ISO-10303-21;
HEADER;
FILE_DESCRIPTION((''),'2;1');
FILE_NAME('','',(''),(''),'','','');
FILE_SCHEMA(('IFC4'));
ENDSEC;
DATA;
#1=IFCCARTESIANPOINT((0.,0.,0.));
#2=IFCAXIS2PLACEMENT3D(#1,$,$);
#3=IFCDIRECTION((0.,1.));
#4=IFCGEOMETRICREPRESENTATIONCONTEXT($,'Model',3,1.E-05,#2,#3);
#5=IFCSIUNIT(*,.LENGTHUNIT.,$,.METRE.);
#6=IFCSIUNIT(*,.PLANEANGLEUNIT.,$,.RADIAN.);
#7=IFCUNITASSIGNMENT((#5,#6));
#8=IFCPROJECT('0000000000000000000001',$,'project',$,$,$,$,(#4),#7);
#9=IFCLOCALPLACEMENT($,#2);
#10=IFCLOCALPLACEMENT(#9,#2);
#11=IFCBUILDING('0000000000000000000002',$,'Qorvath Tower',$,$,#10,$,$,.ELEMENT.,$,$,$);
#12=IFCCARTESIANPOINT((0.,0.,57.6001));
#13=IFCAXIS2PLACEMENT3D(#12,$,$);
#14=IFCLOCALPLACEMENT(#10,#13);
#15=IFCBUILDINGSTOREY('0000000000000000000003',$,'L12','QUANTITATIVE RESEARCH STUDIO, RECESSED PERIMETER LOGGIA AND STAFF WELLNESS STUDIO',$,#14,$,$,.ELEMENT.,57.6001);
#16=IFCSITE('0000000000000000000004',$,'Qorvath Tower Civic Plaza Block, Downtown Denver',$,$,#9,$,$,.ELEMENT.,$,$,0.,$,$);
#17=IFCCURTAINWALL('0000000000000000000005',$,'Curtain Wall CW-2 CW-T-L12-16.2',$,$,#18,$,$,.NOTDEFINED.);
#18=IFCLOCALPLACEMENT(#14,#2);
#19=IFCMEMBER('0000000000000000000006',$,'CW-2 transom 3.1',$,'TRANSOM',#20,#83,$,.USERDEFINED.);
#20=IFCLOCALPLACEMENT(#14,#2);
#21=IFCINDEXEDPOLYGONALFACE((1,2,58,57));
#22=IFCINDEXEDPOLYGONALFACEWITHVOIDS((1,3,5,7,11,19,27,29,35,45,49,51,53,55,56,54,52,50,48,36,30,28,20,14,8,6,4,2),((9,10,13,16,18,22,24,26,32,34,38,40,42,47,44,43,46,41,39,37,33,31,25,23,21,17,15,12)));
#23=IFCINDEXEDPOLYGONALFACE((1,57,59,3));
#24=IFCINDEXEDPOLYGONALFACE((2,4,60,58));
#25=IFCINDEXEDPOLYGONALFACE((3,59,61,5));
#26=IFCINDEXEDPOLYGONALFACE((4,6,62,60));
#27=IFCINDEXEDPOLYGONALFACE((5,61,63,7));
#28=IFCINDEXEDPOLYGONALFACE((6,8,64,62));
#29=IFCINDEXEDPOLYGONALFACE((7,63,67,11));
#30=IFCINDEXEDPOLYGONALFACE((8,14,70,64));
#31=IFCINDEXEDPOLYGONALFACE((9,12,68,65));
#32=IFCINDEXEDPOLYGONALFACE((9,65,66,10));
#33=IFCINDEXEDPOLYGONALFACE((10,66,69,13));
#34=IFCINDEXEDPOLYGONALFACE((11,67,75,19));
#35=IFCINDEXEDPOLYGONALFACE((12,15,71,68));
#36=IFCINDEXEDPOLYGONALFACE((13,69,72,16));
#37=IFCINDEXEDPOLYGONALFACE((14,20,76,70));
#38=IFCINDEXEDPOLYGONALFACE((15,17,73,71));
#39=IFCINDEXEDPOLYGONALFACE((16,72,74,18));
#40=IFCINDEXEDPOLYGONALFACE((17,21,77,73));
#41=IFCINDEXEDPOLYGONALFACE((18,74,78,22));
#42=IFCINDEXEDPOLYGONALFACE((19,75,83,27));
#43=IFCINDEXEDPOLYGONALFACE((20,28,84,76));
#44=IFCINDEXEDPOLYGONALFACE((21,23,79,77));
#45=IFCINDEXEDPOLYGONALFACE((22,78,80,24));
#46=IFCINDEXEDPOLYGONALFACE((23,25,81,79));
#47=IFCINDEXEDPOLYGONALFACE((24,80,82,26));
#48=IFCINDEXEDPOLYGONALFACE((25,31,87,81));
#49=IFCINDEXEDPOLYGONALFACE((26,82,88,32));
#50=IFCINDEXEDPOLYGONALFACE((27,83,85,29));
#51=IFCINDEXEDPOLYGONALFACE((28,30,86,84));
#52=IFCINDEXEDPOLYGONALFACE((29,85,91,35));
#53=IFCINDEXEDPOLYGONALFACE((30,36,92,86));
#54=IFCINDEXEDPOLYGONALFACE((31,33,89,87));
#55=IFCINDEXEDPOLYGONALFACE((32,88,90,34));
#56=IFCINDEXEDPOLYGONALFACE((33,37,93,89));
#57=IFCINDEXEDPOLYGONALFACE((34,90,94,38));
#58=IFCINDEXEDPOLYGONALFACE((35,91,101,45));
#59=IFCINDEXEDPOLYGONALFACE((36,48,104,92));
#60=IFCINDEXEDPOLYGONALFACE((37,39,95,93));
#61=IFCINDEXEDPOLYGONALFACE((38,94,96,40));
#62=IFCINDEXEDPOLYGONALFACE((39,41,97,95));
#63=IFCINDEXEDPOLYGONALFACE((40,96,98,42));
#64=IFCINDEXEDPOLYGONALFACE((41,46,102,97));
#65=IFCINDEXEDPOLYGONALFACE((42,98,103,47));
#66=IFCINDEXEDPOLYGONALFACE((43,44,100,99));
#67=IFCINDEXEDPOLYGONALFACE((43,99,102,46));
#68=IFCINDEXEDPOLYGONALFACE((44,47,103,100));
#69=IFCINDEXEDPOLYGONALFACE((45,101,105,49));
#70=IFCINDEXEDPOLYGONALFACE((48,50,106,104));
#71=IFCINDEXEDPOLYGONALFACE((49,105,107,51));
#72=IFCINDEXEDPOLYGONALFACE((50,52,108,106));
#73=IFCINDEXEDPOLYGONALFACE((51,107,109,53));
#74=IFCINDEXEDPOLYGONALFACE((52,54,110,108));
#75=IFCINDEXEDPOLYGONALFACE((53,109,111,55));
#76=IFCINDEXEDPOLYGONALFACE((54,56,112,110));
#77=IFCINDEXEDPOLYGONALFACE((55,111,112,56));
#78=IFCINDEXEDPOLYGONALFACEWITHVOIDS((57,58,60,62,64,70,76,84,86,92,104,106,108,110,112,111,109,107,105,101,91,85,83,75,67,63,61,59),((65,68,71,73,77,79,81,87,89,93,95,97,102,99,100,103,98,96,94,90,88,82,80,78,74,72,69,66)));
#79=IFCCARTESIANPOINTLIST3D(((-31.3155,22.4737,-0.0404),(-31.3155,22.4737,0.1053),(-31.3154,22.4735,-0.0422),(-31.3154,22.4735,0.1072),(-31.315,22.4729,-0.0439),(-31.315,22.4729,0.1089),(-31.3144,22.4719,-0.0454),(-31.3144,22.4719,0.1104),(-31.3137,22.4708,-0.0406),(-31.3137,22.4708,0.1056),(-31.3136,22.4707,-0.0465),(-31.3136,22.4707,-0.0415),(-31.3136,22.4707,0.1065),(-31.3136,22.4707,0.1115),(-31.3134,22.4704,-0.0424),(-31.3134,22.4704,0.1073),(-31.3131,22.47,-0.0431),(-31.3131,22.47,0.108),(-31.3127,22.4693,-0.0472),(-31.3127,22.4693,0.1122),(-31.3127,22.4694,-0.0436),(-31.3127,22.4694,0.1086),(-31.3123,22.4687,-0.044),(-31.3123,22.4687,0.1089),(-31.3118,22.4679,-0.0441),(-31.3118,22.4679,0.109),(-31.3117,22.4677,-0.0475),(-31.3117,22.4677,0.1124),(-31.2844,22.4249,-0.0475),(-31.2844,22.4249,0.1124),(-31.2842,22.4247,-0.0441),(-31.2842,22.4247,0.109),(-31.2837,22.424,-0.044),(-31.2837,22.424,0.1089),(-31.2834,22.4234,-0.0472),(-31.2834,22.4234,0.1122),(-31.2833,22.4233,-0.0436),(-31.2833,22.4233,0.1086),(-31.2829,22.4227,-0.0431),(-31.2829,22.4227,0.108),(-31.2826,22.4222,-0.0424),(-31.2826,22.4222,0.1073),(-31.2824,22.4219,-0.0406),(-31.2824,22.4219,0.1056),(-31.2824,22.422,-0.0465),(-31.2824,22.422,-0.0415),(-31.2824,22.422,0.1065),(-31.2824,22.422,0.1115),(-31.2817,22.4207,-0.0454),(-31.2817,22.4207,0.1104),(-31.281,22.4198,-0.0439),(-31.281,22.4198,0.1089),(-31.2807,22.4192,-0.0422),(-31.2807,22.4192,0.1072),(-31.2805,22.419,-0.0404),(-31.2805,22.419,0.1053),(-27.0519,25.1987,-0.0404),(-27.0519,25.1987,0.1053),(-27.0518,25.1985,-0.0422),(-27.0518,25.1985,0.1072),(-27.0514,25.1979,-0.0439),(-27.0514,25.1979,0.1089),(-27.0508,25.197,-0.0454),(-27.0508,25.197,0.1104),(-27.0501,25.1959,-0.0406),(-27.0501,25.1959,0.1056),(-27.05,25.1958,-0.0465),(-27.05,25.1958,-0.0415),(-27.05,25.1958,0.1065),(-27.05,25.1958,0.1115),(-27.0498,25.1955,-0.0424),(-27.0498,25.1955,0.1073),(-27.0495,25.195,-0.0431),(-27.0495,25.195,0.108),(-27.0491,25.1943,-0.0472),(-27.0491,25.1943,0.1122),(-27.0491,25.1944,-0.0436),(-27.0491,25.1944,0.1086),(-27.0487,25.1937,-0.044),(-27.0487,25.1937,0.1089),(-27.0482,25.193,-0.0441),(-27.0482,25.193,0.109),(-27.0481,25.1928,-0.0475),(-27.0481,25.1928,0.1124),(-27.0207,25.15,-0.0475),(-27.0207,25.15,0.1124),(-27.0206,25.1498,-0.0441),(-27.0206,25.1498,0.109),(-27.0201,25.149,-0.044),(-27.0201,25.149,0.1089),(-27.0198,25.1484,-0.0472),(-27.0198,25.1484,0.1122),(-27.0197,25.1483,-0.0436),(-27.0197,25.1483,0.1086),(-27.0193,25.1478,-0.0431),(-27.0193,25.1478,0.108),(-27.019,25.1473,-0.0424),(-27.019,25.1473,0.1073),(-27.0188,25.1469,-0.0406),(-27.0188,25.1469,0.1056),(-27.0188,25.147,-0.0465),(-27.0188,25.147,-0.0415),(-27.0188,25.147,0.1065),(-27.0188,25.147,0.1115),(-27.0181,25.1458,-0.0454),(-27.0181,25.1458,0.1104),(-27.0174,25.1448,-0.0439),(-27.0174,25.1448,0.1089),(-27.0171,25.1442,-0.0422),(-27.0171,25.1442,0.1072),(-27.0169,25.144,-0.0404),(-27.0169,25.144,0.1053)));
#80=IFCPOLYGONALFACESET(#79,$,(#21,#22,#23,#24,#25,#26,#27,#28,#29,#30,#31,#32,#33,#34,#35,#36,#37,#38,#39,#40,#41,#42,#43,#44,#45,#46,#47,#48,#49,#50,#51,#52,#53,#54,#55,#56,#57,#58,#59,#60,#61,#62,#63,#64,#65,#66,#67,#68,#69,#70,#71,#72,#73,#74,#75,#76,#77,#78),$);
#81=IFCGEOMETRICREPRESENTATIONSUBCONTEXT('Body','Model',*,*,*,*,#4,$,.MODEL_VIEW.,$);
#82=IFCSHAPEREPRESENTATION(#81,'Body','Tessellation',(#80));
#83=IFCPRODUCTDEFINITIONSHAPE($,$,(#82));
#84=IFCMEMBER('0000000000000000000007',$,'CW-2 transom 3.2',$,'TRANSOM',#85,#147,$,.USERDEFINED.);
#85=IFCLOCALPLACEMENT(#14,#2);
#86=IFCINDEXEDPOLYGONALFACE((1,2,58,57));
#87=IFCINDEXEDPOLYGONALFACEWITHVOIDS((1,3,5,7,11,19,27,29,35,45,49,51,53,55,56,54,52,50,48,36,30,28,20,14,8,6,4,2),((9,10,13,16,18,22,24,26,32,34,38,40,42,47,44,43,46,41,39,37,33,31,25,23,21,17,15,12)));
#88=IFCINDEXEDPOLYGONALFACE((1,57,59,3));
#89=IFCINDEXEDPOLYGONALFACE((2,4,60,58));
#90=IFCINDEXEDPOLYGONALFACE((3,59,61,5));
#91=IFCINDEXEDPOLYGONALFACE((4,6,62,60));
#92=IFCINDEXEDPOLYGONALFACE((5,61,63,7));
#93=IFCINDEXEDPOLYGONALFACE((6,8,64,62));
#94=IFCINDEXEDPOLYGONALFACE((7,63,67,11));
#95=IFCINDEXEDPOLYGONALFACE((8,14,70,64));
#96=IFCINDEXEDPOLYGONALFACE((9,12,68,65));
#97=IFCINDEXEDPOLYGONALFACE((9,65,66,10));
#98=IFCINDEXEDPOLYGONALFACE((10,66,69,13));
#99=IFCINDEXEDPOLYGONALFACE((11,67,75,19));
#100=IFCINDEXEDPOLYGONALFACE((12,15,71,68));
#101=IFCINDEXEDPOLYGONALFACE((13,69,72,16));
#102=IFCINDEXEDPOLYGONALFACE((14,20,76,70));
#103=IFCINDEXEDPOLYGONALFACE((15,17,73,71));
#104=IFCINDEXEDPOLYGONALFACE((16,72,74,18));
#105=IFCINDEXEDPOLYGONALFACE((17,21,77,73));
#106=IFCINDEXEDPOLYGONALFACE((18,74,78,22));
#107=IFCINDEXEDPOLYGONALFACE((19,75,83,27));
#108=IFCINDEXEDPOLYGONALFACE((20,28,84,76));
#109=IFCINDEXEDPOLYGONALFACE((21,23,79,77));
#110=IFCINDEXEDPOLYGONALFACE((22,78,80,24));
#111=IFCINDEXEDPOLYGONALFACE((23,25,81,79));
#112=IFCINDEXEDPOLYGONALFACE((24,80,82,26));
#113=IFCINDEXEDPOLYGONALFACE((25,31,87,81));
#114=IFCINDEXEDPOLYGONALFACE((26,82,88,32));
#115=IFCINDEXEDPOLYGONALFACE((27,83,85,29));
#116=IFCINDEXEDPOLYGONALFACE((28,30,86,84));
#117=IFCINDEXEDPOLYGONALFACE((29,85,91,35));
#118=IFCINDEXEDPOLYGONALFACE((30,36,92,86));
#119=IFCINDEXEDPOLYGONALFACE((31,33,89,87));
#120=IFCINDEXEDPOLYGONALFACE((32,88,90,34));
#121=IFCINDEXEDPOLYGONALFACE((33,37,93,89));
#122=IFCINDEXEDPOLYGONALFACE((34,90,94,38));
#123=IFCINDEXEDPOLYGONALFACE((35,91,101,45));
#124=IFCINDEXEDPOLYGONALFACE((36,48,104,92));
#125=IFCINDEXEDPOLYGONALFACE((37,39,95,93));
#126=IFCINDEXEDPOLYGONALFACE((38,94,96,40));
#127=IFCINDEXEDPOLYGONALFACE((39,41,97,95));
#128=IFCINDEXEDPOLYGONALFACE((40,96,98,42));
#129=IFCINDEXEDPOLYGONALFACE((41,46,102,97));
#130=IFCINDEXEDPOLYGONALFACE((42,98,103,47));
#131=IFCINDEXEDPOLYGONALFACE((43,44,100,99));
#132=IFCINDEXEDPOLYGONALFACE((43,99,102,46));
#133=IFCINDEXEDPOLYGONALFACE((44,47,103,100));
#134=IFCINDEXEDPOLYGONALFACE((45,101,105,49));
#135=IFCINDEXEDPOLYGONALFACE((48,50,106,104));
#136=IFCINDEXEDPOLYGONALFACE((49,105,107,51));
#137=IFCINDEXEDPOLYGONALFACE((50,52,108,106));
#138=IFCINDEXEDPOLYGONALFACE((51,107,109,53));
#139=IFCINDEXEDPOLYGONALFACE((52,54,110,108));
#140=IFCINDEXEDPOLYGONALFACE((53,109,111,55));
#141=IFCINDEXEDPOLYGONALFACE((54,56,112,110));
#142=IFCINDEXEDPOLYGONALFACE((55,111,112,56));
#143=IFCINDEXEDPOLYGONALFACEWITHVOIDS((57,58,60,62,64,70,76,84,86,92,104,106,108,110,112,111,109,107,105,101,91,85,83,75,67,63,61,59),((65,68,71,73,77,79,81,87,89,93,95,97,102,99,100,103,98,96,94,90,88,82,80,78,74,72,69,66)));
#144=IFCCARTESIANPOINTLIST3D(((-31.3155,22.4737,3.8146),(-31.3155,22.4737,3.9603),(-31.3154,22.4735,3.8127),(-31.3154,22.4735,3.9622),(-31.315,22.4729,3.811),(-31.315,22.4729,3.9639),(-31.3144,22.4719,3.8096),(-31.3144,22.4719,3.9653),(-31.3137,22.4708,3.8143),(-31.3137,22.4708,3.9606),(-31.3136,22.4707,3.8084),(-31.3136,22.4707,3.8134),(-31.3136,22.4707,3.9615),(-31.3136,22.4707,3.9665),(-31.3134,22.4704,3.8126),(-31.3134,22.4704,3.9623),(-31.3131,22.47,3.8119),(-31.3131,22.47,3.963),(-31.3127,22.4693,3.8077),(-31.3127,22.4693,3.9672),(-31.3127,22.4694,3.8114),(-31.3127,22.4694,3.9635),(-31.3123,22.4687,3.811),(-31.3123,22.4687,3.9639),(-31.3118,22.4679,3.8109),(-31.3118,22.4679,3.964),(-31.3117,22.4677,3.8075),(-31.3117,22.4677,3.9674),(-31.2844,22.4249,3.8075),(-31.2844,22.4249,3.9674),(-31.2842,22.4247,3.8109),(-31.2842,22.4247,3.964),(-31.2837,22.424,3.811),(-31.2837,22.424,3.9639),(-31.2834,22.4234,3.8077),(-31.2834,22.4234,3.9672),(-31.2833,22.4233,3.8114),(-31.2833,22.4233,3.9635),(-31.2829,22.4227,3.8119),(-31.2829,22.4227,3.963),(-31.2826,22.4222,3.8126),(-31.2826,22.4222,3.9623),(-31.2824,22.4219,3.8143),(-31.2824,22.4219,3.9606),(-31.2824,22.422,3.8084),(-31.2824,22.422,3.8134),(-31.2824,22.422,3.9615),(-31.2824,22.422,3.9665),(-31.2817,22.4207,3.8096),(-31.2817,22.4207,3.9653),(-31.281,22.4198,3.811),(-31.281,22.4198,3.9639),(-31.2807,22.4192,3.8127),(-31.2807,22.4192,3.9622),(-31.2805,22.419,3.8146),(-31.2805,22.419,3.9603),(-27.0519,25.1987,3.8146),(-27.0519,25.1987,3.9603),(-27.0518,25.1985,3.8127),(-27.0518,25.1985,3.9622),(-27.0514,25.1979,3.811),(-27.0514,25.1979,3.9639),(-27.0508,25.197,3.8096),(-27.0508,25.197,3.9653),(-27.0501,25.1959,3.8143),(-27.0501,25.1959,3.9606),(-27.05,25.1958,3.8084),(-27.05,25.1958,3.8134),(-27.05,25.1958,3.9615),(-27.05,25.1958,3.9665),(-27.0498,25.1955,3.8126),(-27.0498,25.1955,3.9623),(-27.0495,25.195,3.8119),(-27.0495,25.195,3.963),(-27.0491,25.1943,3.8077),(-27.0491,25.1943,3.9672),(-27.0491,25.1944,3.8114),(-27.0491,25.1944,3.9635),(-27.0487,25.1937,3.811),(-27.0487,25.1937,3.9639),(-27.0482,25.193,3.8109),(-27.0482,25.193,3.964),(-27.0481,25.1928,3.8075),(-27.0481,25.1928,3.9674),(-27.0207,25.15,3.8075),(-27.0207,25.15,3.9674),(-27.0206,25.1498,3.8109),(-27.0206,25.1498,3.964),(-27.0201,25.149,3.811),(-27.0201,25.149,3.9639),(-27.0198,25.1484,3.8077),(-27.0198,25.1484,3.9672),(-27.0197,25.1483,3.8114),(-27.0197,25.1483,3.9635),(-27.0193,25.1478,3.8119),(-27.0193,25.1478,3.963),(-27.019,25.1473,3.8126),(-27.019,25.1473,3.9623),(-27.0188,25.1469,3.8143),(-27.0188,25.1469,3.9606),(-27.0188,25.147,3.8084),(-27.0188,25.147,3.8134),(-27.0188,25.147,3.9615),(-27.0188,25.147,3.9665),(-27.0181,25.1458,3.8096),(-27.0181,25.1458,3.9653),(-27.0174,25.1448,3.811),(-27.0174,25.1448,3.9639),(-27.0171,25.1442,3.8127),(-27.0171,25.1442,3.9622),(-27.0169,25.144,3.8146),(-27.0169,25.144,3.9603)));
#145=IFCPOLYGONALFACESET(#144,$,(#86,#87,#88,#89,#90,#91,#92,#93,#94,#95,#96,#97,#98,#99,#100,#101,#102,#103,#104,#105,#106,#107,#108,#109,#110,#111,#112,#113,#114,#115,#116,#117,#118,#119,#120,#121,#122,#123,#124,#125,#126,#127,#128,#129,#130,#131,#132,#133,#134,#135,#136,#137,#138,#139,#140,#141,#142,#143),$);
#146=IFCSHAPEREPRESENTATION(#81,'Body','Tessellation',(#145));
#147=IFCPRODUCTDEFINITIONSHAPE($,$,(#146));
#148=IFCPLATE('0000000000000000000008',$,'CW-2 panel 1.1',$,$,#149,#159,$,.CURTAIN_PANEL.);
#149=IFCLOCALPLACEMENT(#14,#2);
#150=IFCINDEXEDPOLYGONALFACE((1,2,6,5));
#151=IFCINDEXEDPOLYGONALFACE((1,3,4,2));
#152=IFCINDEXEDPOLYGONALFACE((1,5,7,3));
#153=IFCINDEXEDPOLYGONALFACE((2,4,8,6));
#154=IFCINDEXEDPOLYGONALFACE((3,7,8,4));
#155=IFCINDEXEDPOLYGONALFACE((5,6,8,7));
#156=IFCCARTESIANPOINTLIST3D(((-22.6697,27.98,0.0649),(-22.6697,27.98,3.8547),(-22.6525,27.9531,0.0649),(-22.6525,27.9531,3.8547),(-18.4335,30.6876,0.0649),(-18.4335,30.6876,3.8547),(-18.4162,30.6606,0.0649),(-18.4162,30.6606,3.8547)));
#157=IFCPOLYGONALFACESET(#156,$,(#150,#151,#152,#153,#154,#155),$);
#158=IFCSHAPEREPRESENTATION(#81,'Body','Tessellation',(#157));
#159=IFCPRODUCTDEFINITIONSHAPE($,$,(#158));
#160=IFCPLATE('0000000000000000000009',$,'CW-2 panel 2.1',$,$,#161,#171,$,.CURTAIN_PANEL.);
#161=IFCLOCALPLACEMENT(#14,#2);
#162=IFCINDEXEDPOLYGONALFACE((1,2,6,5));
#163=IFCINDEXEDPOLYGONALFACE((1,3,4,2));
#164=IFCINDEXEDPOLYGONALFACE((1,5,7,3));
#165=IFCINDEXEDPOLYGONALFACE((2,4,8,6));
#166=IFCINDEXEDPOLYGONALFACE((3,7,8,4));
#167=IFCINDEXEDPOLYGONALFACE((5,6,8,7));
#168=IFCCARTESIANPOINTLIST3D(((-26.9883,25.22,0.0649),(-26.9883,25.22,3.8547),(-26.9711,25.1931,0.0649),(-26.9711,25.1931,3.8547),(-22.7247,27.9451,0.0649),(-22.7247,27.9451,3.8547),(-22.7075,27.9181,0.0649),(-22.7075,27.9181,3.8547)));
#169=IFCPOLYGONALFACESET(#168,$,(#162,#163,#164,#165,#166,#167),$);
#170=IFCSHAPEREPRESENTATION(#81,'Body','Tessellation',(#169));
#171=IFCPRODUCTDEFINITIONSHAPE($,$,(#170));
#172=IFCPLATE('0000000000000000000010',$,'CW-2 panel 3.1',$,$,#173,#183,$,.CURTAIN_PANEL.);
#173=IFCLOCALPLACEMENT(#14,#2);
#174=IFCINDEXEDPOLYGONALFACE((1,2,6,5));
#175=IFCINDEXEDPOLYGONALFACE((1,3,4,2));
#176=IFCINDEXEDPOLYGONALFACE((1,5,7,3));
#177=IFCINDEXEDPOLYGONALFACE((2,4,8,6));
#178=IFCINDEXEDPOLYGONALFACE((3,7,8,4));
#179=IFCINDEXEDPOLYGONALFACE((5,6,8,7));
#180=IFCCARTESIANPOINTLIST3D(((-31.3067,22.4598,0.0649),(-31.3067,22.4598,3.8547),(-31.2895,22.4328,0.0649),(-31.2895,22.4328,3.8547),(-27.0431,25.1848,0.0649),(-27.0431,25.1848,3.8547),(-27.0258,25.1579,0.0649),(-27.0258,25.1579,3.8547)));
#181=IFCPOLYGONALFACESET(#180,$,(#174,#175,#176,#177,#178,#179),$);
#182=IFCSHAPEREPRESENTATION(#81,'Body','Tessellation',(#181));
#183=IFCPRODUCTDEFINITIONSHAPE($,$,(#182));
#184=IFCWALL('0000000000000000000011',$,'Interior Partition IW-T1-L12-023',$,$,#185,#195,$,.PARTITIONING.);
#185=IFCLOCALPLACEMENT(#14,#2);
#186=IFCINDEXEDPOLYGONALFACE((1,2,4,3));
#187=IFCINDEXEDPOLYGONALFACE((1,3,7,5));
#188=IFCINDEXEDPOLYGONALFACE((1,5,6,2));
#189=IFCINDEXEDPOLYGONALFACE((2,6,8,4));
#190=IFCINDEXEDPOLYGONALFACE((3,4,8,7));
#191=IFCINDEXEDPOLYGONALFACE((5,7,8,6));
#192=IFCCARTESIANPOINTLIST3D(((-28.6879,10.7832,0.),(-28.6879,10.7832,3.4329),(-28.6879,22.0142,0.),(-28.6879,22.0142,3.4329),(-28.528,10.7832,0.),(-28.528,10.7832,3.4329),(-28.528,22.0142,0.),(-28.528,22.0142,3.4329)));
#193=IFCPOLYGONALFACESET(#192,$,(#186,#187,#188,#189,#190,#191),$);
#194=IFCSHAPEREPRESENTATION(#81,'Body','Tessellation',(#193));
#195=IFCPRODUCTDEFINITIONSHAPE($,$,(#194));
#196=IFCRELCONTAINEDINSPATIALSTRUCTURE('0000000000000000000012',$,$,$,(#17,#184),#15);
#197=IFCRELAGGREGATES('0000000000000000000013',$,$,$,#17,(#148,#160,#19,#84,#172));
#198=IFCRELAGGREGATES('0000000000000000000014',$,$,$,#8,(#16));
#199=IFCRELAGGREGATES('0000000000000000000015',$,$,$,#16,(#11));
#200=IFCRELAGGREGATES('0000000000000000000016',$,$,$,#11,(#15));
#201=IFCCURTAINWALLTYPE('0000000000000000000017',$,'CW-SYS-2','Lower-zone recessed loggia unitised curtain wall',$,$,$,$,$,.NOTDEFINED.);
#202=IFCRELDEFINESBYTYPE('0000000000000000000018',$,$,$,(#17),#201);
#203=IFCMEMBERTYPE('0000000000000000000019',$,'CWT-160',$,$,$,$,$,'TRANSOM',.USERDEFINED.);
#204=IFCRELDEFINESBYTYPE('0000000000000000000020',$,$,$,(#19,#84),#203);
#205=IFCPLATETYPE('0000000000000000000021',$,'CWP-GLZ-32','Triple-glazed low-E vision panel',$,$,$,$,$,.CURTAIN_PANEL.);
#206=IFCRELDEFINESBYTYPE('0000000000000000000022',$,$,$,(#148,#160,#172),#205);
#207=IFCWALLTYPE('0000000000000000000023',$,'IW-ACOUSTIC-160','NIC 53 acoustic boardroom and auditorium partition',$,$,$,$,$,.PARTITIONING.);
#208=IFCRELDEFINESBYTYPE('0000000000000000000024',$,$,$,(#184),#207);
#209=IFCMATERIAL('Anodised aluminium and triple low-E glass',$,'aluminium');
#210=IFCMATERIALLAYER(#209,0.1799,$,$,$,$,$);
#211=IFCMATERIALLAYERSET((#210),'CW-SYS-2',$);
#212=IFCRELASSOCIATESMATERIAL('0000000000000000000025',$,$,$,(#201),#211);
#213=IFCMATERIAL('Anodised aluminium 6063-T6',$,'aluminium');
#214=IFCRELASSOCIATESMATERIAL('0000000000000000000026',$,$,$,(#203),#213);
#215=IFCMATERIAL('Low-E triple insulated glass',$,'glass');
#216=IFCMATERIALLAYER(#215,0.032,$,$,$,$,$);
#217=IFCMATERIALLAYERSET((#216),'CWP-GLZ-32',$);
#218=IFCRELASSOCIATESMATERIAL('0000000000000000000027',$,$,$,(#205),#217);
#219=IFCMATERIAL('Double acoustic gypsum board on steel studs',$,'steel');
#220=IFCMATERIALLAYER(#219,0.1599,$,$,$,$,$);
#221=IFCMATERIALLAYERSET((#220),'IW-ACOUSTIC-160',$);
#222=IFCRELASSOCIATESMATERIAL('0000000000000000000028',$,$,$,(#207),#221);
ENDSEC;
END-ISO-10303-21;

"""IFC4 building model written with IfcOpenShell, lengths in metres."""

from ifc_helpers import new_model, si_unit, direction, frame, frame_2d, origin, origin_2d, place, context, subcontext, project, spatial, rectangle, hollow_rectangle, extrude, material, layer, layer_set, material_profile, profile_set, type_object, element, aggregate, save


model = new_model("IFC4")

# Units and contexts
model_context = context("Model", 3, precision=1e-05, world=origin(), true_north=direction((0.0, 1.0)))
body_context = subcontext(model_context, "Body", "Model", "MODEL_VIEW")
ifc_project = project(units=[si_unit("LENGTHUNIT", "METRE"), si_unit("PLANEANGLEUNIT", "RADIAN")], contexts=[model_context])

# Site, building, storey
site_placement = place(None, origin())
site = spatial("IfcSite", under=ifc_project, at=site_placement, Name="Qorvath Tower Civic Plaza Block, Downtown Denver", CompositionType="ELEMENT", RefElevation=0.0)
building_placement = place(site_placement, origin())
building = spatial("IfcBuilding", under=site, at=building_placement, Name="Qorvath Tower", CompositionType="ELEMENT")
storey_placement = place(building_placement, frame((0.0, 0.0, 57.6001)))
storey = spatial("IfcBuildingStorey", under=building, at=storey_placement, Name="L12", Description="QUANTITATIVE RESEARCH STUDIO, RECESSED PERIMETER LOGGIA AND STAFF WELLNESS STUDIO", CompositionType="ELEMENT", Elevation=57.6001)

# Curtain wall, members, plates
ifc_material_1 = material(Name="Anodised aluminium and triple low-E glass", Category="aluminium")
ifc_layer_1 = layer(ifc_material_1, 0.1799)
ifc_layer_set_1 = layer_set([ifc_layer_1], Name="CW-SYS-2")
curtain_wall_type = type_object("IfcCurtainWallType", Name="CW-SYS-2", Description="Lower-zone recessed loggia unitised curtain wall", PredefinedType="NOTDEFINED", material=ifc_layer_set_1)
curtain_wall_placement = place(storey_placement, origin())
curtain_wall = element("IfcCurtainWall", 1, at=curtain_wall_placement, inside=storey, type_object=curtain_wall_type, Name="Curtain Wall CW-2 CW-T-L12-16.2", PredefinedType="NOTDEFINED")
ifc_material_2 = material(Name="Anodised aluminium 6063-T6", Category="aluminium")
ifc_material_profile_1 = material_profile(ifc_material_2, hollow_rectangle(XDim=0.0649, YDim=0.1599, WallThickness=0.0034, InnerFilletRadius=0.0034, OuterFilletRadius=0.0071, at=origin_2d()), Name="CWT 160x65")
ifc_profile_set_1 = profile_set([ifc_material_profile_1], Name="Anodised aluminium 6063-T6")
member_type_1 = type_object("IfcMemberType", Name="CWT-160", ElementType="TRANSOM", PredefinedType="USERDEFINED", material=ifc_profile_set_1)
member_1_placement = place(storey_placement, frame((-27.0344, 25.1714, 0.0325), z_axis=(-0.842599, -0.538542, 0.0), x_axis=(0.538542, -0.842599, 0.0)))
member_1 = element("IfcMember", 2, at=member_1_placement, type_object=member_type_1, Name="CW-2 transom 3.1", ObjectType="TRANSOM", PredefinedType="USERDEFINED", context=body_context, shape_type="SweptSolid", body=[
    extrude(hollow_rectangle(XDim=0.0649, YDim=0.1599, WallThickness=0.0034, InnerFilletRadius=0.0034, OuterFilletRadius=0.0071, at=origin_2d()), origin(), (0.0, 0.0, 1.0), 5.0601),
])
member_2_placement = place(storey_placement, frame((-27.0344, 25.1714, 3.8875), z_axis=(-0.842599, -0.538542, 0.0), x_axis=(0.538542, -0.842599, 0.0)))
member_2 = element("IfcMember", 3, at=member_2_placement, type_object=member_type_1, Name="CW-2 transom 3.2", ObjectType="TRANSOM", PredefinedType="USERDEFINED", context=body_context, shape_type="SweptSolid", body=[
    extrude(hollow_rectangle(XDim=0.0649, YDim=0.1599, WallThickness=0.0034, InnerFilletRadius=0.0034, OuterFilletRadius=0.0071, at=origin_2d()), origin(), (0.0, 0.0, 1.0), 5.0601),
])
ifc_material_3 = material(Name="Low-E triple insulated glass", Category="glass")
ifc_layer_2 = layer(ifc_material_3, 0.032)
ifc_layer_set_2 = layer_set([ifc_layer_2], Name="CWP-GLZ-32")
plate_type = type_object("IfcPlateType", Name="CWP-GLZ-32", Description="Triple-glazed low-E vision panel", PredefinedType="CURTAIN_PANEL", material=ifc_layer_set_2)
plate_1_placement = place(storey_placement, frame((-20.543, 29.3203, 0.0649), z_axis=(0.0, 0.0, 1.0), x_axis=(-0.8426, -0.538539, 0.0)))
plate_1 = element("IfcPlate", 4, at=plate_1_placement, type_object=plate_type, Name="CW-2 panel 1.1", PredefinedType="CURTAIN_PANEL", context=body_context, shape_type="SweptSolid", body=[
    extrude(rectangle(XDim=5.0276, YDim=0.032, at=origin_2d()), origin(), (0.0, 0.0, 1.0), 3.7898),
])
plate_2_placement = place(storey_placement, frame((-24.8479, 26.5691, 0.0649), z_axis=(0.0, 0.0, 1.0), x_axis=(-0.8426, -0.538539, 0.0)))
plate_2 = element("IfcPlate", 5, at=plate_2_placement, type_object=plate_type, Name="CW-2 panel 2.1", PredefinedType="CURTAIN_PANEL", context=body_context, shape_type="SweptSolid", body=[
    extrude(rectangle(XDim=5.0601, YDim=0.032, at=origin_2d()), origin(), (0.0, 0.0, 1.0), 3.7898),
])
plate_3_placement = place(storey_placement, frame((-29.1663, 23.8088, 0.0649), z_axis=(0.0, 0.0, 1.0), x_axis=(-0.8426, -0.538539, 0.0)))
plate_3 = element("IfcPlate", 6, at=plate_3_placement, type_object=plate_type, Name="CW-2 panel 3.1", PredefinedType="CURTAIN_PANEL", context=body_context, shape_type="SweptSolid", body=[
    extrude(rectangle(XDim=5.0601, YDim=0.032, at=origin_2d()), origin(), (0.0, 0.0, 1.0), 3.7898),
])
aggregate(curtain_wall, [plate_1, plate_2, member_1, member_2, plate_3])

# Wall
ifc_material_4 = material(Name="Double acoustic gypsum board on steel studs", Category="steel")
ifc_layer_3 = layer(ifc_material_4, 0.1599)
ifc_layer_set_3 = layer_set([ifc_layer_3], Name="IW-ACOUSTIC-160")
wall_type_1 = type_object("IfcWallType", Name="IW-ACOUSTIC-160", Description="NIC 53 acoustic boardroom and auditorium partition", PredefinedType="PARTITIONING", material=ifc_layer_set_3)
wall_1_placement = place(storey_placement, frame((-28.6079, 10.7832, 0.0), z_axis=(0.0, 0.0, 1.0), x_axis=(0.0, 1.0, 0.0)))
element("IfcWall", 7, at=wall_1_placement, inside=storey, type_object=wall_type_1, Name="Interior Partition IW-T1-L12-023", PredefinedType="PARTITIONING", context=body_context, shape_type="SweptSolid", body=[
    extrude(rectangle(XDim=11.231, YDim=0.1599, at=frame_2d((5.6155, 0.0))), origin(), (0.0, 0.0, 1.0), 3.4329),
])

save(model, "model.ifc")
